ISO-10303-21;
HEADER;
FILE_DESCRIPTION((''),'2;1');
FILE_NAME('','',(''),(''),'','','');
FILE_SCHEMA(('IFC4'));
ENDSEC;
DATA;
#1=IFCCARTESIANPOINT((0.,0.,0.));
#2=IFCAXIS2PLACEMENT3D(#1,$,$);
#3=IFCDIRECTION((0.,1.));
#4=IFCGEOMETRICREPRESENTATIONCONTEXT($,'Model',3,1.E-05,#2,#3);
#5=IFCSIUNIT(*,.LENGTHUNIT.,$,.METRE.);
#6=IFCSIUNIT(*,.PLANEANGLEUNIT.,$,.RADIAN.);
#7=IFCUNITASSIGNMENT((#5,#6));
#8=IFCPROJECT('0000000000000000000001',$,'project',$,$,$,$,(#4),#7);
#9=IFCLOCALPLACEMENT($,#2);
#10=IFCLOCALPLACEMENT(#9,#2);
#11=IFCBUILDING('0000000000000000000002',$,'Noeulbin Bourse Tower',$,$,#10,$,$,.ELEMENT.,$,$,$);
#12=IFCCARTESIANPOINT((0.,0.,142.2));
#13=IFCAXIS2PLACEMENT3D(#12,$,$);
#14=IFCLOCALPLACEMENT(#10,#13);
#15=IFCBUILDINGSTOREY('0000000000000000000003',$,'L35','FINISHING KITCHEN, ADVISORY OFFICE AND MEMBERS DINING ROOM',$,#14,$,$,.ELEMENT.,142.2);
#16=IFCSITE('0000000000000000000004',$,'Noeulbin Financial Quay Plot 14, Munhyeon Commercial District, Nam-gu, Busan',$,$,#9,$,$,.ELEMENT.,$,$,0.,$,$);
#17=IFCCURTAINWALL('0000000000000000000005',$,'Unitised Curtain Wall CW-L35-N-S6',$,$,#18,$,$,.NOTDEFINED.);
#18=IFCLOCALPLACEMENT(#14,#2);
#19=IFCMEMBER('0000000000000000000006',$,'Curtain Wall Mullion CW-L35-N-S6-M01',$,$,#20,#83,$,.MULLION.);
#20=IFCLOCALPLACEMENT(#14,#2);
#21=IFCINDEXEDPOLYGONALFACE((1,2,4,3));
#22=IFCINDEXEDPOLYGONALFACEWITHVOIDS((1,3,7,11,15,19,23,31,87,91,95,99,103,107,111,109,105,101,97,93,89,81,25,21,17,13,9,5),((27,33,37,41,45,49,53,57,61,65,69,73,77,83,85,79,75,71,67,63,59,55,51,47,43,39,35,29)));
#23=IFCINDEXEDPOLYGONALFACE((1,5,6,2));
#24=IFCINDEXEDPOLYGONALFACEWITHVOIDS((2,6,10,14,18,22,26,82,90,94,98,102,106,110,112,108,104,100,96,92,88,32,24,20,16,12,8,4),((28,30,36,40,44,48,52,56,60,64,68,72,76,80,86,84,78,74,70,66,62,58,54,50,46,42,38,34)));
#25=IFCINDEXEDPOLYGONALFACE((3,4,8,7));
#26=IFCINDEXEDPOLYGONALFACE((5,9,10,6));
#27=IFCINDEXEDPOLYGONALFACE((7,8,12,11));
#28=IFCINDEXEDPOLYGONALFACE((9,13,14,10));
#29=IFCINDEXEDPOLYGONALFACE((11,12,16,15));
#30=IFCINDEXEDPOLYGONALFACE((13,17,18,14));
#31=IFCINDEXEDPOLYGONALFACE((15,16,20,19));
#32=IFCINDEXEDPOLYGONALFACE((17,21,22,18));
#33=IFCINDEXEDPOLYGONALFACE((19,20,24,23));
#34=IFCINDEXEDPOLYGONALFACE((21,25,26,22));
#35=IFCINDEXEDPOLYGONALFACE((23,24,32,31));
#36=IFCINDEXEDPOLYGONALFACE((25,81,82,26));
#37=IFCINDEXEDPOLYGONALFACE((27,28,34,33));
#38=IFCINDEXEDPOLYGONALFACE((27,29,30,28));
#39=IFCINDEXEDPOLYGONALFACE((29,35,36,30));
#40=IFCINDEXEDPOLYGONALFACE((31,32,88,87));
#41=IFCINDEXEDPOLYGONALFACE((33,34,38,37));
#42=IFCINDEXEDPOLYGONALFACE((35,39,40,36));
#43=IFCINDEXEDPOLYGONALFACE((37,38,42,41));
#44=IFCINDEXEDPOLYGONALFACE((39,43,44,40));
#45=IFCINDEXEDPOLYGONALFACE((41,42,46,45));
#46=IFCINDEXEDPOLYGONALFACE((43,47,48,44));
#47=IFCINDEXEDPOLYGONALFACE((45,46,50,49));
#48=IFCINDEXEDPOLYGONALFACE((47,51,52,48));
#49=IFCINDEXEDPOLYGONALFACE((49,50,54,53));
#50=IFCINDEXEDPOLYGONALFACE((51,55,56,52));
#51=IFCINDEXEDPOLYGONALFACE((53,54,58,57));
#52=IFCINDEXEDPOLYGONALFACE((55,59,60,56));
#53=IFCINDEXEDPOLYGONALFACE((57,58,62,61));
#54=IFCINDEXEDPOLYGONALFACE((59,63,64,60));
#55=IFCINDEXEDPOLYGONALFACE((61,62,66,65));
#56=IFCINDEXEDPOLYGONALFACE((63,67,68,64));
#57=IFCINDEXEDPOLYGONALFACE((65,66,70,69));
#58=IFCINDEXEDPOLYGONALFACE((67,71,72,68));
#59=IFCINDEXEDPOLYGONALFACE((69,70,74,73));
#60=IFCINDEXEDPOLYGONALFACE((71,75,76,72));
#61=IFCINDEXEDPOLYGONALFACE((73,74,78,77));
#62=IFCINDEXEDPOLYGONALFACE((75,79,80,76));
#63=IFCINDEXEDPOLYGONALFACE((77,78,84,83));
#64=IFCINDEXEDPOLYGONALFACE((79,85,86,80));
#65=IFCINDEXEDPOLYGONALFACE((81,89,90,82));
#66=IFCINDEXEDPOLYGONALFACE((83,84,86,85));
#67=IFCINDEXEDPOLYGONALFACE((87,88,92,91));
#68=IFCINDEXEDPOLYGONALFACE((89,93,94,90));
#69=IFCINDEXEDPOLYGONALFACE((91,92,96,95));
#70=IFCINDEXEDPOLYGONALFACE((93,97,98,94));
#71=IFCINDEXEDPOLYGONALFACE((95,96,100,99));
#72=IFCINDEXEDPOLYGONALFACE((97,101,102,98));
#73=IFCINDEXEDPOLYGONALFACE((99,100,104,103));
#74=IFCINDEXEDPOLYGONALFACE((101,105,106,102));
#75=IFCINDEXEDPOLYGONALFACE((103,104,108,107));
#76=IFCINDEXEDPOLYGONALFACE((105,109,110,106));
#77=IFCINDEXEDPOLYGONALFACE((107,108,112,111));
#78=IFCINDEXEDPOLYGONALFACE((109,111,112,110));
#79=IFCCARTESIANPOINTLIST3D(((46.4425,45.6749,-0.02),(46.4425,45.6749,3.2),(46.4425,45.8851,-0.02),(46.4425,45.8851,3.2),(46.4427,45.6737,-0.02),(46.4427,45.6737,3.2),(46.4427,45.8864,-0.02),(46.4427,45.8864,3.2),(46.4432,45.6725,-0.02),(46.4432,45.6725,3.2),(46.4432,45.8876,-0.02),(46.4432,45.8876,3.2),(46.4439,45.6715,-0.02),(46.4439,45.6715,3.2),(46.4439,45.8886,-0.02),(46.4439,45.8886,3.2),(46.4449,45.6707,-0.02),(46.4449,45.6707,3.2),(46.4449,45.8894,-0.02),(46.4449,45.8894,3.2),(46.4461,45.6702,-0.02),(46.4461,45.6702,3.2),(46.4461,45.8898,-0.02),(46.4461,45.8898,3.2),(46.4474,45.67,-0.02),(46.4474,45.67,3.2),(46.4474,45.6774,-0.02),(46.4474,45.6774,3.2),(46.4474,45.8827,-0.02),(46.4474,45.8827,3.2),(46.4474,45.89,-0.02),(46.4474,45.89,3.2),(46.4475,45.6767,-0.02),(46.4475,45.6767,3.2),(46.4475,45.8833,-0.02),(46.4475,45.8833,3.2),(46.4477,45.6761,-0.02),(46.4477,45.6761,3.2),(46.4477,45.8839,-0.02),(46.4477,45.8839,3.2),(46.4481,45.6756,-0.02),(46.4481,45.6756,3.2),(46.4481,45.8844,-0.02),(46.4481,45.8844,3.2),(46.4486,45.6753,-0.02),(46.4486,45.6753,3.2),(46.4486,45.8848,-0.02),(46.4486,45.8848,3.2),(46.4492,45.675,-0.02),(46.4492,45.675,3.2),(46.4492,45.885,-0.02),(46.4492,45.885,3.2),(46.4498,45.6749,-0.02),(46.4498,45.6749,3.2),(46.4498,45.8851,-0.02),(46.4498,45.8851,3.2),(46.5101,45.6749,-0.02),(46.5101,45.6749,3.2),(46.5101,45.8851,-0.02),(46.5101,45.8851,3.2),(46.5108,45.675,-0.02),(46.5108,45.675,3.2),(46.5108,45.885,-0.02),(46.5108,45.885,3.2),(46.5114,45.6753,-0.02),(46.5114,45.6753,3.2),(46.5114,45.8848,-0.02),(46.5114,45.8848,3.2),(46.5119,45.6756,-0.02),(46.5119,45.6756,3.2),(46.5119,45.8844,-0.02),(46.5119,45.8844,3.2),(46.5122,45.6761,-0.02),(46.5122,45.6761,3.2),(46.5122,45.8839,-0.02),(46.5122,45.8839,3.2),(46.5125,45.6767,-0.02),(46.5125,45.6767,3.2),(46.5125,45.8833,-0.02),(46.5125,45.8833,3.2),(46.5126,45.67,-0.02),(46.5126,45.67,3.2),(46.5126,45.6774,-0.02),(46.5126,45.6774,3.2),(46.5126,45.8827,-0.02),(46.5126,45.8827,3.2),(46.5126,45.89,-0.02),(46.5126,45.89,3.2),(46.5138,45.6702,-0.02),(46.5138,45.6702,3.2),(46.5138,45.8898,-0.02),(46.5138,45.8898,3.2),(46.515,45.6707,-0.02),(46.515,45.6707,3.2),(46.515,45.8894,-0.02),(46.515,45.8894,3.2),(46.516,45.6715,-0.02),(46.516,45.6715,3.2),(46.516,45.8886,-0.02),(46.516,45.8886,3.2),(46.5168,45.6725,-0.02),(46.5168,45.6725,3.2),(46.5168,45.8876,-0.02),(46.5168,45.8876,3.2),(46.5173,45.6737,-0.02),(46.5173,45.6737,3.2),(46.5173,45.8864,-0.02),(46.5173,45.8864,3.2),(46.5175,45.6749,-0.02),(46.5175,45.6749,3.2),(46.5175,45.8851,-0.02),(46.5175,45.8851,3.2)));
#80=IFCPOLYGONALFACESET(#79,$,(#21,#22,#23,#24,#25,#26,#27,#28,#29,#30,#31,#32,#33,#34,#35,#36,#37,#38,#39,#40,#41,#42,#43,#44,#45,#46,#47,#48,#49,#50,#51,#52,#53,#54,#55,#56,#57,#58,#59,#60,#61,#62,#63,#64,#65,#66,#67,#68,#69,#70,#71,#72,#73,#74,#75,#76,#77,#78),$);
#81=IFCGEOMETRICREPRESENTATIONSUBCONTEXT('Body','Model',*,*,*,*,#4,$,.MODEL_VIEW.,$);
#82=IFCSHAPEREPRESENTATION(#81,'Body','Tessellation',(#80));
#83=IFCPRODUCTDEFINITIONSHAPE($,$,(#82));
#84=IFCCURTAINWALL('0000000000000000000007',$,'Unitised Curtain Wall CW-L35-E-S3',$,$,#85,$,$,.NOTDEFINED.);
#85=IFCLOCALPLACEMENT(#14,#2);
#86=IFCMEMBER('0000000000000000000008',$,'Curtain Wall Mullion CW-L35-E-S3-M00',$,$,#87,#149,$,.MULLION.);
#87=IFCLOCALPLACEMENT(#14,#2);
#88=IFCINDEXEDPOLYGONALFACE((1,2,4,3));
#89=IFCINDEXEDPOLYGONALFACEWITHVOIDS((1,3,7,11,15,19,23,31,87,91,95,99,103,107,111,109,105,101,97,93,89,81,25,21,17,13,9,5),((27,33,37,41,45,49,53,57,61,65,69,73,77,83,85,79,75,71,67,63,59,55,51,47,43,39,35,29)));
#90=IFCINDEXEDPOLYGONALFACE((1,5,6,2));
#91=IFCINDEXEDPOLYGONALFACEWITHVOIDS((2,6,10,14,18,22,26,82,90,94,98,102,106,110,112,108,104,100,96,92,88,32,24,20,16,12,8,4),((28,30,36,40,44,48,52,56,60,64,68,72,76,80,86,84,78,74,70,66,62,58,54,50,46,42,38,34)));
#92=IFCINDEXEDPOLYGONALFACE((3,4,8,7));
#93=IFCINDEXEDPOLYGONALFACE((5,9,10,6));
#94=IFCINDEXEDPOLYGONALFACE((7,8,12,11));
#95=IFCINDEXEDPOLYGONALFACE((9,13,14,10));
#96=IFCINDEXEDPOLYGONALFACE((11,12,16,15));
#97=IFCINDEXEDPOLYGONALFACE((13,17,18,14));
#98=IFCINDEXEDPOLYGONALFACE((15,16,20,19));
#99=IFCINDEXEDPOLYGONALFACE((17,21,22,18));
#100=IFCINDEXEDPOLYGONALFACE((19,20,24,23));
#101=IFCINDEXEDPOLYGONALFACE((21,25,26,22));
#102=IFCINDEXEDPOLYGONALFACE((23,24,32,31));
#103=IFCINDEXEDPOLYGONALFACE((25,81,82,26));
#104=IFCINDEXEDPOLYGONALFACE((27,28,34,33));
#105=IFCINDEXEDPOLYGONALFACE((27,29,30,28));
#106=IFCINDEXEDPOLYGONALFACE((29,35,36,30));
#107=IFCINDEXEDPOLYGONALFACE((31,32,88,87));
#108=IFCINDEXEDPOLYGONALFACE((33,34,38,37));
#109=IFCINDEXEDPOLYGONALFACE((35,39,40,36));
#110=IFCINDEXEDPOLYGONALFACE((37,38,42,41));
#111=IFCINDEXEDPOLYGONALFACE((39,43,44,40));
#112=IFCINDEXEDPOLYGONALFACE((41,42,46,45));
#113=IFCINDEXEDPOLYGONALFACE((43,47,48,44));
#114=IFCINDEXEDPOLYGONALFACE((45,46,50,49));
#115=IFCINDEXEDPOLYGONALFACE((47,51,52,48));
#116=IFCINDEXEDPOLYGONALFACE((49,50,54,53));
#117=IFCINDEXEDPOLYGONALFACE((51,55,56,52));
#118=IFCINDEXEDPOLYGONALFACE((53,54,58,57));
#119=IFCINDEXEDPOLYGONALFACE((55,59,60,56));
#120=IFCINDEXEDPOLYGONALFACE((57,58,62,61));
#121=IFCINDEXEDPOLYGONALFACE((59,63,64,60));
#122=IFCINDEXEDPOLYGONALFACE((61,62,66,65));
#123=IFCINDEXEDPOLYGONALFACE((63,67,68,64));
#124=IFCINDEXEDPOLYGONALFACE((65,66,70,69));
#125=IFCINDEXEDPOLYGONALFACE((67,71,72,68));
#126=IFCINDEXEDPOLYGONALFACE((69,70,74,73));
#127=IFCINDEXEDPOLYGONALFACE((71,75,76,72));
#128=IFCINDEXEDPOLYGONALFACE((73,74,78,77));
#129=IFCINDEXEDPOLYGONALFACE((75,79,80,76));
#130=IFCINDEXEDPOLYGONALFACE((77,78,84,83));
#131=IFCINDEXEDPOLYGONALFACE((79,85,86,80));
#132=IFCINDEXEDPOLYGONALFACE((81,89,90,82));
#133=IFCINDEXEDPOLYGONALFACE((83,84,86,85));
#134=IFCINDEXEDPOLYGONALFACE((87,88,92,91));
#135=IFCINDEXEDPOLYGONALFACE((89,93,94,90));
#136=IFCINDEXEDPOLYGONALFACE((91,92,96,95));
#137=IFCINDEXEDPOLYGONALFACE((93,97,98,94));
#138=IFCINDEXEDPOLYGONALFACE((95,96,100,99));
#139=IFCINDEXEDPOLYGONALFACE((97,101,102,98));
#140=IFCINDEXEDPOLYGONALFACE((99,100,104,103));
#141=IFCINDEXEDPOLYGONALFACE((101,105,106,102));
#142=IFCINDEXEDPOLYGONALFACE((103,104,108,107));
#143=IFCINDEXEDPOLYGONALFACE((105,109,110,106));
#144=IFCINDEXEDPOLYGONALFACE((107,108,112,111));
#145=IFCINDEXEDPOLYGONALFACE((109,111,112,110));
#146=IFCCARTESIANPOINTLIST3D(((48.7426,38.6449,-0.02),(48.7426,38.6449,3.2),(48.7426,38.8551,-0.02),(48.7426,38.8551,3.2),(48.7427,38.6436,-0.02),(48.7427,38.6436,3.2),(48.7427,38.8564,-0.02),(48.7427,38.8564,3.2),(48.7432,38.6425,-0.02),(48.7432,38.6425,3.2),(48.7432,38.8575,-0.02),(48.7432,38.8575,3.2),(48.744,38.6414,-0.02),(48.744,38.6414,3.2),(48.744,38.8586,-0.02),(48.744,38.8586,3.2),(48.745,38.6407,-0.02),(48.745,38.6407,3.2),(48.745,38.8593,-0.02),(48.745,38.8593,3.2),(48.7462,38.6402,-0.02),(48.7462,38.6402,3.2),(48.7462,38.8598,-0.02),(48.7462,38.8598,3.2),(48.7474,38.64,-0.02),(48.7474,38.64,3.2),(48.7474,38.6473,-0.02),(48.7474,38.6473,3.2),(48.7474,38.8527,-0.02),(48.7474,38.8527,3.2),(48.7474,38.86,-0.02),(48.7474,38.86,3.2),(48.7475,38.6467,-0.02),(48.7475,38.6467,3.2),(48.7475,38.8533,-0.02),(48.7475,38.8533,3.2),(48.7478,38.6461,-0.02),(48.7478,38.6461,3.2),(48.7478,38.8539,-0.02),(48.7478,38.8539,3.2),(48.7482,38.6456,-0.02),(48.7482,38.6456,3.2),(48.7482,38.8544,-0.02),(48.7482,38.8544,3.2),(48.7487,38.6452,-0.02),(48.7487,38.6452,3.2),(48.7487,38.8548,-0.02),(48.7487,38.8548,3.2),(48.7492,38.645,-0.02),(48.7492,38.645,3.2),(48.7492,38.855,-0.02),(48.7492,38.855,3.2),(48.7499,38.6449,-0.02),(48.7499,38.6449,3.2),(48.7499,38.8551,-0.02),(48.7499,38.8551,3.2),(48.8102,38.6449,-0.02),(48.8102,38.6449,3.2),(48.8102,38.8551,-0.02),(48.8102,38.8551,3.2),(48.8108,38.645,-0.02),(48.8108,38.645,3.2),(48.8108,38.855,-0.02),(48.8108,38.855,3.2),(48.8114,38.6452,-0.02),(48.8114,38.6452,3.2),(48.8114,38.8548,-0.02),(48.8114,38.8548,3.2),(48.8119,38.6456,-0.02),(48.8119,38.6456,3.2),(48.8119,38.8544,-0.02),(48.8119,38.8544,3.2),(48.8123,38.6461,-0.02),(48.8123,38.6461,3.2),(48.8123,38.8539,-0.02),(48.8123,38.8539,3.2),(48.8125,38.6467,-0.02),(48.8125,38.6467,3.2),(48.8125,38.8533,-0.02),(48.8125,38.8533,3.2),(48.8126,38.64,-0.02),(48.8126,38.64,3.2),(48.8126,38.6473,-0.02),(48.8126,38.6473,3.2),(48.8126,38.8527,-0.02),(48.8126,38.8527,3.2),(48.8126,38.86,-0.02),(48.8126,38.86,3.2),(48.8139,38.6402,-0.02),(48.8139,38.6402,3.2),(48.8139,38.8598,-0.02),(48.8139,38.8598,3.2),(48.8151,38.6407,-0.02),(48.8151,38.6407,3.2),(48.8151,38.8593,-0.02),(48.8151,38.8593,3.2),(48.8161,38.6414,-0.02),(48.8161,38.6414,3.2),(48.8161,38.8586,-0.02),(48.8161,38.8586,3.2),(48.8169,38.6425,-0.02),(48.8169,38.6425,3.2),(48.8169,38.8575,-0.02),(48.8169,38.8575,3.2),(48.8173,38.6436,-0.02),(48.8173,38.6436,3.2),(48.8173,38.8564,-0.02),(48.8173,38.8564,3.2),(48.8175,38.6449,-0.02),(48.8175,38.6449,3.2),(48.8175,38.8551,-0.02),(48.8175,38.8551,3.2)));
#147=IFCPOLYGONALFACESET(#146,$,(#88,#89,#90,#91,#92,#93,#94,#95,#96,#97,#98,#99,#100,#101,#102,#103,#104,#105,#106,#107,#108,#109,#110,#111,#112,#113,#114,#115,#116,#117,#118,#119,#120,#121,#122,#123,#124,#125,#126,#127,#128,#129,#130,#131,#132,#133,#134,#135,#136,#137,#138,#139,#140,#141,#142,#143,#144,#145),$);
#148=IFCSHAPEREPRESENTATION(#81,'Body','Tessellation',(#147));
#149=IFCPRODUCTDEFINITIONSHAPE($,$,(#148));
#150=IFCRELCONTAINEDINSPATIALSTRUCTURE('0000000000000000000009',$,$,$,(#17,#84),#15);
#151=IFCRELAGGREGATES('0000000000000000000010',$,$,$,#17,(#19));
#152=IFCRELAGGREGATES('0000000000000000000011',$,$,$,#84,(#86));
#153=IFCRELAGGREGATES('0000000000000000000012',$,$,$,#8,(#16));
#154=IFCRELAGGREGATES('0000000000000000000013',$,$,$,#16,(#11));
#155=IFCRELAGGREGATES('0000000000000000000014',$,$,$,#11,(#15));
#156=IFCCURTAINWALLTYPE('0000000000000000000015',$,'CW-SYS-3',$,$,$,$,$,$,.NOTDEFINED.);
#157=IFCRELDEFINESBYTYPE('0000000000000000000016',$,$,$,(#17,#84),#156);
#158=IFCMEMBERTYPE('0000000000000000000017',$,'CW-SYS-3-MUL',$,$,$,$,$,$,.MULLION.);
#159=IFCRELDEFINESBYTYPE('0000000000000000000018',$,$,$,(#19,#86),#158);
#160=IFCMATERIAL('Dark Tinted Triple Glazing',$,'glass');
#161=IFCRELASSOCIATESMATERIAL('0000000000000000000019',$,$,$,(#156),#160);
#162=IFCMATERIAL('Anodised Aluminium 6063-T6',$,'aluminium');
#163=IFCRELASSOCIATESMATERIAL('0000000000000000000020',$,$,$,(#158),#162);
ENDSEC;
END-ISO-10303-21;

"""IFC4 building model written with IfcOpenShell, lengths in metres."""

from ifc_helpers import new_model, si_unit, direction, frame, origin, origin_2d, place, context, subcontext, project, spatial, hollow_rectangle, extrude, material, material_profile, profile_set, type_object, element, aggregate, save


model = new_model("IFC4")

# Units and contexts
model_context = context("Model", 3, precision=1e-05, world=origin(), true_north=direction((0.0, 1.0)))
body_context = subcontext(model_context, "Body", "Model", "MODEL_VIEW")
ifc_project = project(units=[si_unit("LENGTHUNIT", "METRE"), si_unit("PLANEANGLEUNIT", "RADIAN")], contexts=[model_context])

# Site, building, storey
site_placement = place(None, origin())
site = spatial("IfcSite", under=ifc_project, at=site_placement, Name="Noeulbin Financial Quay Plot 14, Munhyeon Commercial District, Nam-gu, Busan", CompositionType="ELEMENT", RefElevation=0.0)
building_placement = place(site_placement, origin())
building = spatial("IfcBuilding", under=site, at=building_placement, Name="Noeulbin Bourse Tower", CompositionType="ELEMENT")
storey_placement = place(building_placement, frame((0.0, 0.0, 142.2)))
storey = spatial("IfcBuildingStorey", under=building, at=storey_placement, Name="L35", Description="FINISHING KITCHEN, ADVISORY OFFICE AND MEMBERS DINING ROOM", CompositionType="ELEMENT", Elevation=142.2)

# Shared definitions
ifc_material_1 = material(Name="Dark Tinted Triple Glazing", Category="glass")
curtain_wall_type = type_object("IfcCurtainWallType", Name="CW-SYS-3", PredefinedType="NOTDEFINED", material=ifc_material_1)
ifc_material_2 = material(Name="Anodised Aluminium 6063-T6", Category="aluminium")
ifc_material_profile_1 = material_profile(ifc_material_2, hollow_rectangle(XDim=0.075, YDim=0.22, WallThickness=0.0049, InnerFilletRadius=0.0024, OuterFilletRadius=0.0049, at=origin_2d()), Name="ALU-MULL-75x220x5", Category="LoadBearing")
ifc_profile_set_1 = profile_set([ifc_material_profile_1], Name="Anodised Aluminium 6063-T6")
member_type_1 = type_object("IfcMemberType", Name="CW-SYS-3-MUL", PredefinedType="MULLION", material=ifc_profile_set_1)

# Curtain walls, members
curtain_wall_1_placement = place(storey_placement, origin())
curtain_wall_1 = element("IfcCurtainWall", 1, at=curtain_wall_1_placement, inside=storey, type_object=curtain_wall_type, Name="Unitised Curtain Wall CW-L35-N-S6", PredefinedType="NOTDEFINED")
member_1_placement = place(storey_placement, frame((46.48, 45.78, -0.02), z_axis=(0.0, 0.0, 1.0), x_axis=(1.0, 0.0, 0.0)))
member_1 = element("IfcMember", 2, at=member_1_placement, type_object=member_type_1, Name="Curtain Wall Mullion CW-L35-N-S6-M01", PredefinedType="MULLION", context=body_context, shape_type="SweptSolid", body=[
    extrude(hollow_rectangle(XDim=0.075, YDim=0.22, WallThickness=0.0049, InnerFilletRadius=0.0024, OuterFilletRadius=0.0049, at=origin_2d()), origin(), (0.0, 0.0, 1.0), 3.22),
])
curtain_wall_2_placement = place(storey_placement, origin())
curtain_wall_2 = element("IfcCurtainWall", 3, at=curtain_wall_2_placement, inside=storey, type_object=curtain_wall_type, Name="Unitised Curtain Wall CW-L35-E-S3", PredefinedType="NOTDEFINED")
member_2_placement = place(storey_placement, frame((48.78, 38.75, -0.02), z_axis=(0.0, 0.0, 1.0), x_axis=(1.0, 0.0, 0.0)))
member_2 = element("IfcMember", 4, at=member_2_placement, type_object=member_type_1, Name="Curtain Wall Mullion CW-L35-E-S3-M00", PredefinedType="MULLION", context=body_context, shape_type="SweptSolid", body=[
    extrude(hollow_rectangle(XDim=0.075, YDim=0.22, WallThickness=0.0049, InnerFilletRadius=0.0024, OuterFilletRadius=0.0049, at=origin_2d()), origin(), (0.0, 0.0, 1.0), 3.22),
])

aggregate(curtain_wall_1, [member_1])
aggregate(curtain_wall_2, [member_2])

save(model, "model.ifc")
